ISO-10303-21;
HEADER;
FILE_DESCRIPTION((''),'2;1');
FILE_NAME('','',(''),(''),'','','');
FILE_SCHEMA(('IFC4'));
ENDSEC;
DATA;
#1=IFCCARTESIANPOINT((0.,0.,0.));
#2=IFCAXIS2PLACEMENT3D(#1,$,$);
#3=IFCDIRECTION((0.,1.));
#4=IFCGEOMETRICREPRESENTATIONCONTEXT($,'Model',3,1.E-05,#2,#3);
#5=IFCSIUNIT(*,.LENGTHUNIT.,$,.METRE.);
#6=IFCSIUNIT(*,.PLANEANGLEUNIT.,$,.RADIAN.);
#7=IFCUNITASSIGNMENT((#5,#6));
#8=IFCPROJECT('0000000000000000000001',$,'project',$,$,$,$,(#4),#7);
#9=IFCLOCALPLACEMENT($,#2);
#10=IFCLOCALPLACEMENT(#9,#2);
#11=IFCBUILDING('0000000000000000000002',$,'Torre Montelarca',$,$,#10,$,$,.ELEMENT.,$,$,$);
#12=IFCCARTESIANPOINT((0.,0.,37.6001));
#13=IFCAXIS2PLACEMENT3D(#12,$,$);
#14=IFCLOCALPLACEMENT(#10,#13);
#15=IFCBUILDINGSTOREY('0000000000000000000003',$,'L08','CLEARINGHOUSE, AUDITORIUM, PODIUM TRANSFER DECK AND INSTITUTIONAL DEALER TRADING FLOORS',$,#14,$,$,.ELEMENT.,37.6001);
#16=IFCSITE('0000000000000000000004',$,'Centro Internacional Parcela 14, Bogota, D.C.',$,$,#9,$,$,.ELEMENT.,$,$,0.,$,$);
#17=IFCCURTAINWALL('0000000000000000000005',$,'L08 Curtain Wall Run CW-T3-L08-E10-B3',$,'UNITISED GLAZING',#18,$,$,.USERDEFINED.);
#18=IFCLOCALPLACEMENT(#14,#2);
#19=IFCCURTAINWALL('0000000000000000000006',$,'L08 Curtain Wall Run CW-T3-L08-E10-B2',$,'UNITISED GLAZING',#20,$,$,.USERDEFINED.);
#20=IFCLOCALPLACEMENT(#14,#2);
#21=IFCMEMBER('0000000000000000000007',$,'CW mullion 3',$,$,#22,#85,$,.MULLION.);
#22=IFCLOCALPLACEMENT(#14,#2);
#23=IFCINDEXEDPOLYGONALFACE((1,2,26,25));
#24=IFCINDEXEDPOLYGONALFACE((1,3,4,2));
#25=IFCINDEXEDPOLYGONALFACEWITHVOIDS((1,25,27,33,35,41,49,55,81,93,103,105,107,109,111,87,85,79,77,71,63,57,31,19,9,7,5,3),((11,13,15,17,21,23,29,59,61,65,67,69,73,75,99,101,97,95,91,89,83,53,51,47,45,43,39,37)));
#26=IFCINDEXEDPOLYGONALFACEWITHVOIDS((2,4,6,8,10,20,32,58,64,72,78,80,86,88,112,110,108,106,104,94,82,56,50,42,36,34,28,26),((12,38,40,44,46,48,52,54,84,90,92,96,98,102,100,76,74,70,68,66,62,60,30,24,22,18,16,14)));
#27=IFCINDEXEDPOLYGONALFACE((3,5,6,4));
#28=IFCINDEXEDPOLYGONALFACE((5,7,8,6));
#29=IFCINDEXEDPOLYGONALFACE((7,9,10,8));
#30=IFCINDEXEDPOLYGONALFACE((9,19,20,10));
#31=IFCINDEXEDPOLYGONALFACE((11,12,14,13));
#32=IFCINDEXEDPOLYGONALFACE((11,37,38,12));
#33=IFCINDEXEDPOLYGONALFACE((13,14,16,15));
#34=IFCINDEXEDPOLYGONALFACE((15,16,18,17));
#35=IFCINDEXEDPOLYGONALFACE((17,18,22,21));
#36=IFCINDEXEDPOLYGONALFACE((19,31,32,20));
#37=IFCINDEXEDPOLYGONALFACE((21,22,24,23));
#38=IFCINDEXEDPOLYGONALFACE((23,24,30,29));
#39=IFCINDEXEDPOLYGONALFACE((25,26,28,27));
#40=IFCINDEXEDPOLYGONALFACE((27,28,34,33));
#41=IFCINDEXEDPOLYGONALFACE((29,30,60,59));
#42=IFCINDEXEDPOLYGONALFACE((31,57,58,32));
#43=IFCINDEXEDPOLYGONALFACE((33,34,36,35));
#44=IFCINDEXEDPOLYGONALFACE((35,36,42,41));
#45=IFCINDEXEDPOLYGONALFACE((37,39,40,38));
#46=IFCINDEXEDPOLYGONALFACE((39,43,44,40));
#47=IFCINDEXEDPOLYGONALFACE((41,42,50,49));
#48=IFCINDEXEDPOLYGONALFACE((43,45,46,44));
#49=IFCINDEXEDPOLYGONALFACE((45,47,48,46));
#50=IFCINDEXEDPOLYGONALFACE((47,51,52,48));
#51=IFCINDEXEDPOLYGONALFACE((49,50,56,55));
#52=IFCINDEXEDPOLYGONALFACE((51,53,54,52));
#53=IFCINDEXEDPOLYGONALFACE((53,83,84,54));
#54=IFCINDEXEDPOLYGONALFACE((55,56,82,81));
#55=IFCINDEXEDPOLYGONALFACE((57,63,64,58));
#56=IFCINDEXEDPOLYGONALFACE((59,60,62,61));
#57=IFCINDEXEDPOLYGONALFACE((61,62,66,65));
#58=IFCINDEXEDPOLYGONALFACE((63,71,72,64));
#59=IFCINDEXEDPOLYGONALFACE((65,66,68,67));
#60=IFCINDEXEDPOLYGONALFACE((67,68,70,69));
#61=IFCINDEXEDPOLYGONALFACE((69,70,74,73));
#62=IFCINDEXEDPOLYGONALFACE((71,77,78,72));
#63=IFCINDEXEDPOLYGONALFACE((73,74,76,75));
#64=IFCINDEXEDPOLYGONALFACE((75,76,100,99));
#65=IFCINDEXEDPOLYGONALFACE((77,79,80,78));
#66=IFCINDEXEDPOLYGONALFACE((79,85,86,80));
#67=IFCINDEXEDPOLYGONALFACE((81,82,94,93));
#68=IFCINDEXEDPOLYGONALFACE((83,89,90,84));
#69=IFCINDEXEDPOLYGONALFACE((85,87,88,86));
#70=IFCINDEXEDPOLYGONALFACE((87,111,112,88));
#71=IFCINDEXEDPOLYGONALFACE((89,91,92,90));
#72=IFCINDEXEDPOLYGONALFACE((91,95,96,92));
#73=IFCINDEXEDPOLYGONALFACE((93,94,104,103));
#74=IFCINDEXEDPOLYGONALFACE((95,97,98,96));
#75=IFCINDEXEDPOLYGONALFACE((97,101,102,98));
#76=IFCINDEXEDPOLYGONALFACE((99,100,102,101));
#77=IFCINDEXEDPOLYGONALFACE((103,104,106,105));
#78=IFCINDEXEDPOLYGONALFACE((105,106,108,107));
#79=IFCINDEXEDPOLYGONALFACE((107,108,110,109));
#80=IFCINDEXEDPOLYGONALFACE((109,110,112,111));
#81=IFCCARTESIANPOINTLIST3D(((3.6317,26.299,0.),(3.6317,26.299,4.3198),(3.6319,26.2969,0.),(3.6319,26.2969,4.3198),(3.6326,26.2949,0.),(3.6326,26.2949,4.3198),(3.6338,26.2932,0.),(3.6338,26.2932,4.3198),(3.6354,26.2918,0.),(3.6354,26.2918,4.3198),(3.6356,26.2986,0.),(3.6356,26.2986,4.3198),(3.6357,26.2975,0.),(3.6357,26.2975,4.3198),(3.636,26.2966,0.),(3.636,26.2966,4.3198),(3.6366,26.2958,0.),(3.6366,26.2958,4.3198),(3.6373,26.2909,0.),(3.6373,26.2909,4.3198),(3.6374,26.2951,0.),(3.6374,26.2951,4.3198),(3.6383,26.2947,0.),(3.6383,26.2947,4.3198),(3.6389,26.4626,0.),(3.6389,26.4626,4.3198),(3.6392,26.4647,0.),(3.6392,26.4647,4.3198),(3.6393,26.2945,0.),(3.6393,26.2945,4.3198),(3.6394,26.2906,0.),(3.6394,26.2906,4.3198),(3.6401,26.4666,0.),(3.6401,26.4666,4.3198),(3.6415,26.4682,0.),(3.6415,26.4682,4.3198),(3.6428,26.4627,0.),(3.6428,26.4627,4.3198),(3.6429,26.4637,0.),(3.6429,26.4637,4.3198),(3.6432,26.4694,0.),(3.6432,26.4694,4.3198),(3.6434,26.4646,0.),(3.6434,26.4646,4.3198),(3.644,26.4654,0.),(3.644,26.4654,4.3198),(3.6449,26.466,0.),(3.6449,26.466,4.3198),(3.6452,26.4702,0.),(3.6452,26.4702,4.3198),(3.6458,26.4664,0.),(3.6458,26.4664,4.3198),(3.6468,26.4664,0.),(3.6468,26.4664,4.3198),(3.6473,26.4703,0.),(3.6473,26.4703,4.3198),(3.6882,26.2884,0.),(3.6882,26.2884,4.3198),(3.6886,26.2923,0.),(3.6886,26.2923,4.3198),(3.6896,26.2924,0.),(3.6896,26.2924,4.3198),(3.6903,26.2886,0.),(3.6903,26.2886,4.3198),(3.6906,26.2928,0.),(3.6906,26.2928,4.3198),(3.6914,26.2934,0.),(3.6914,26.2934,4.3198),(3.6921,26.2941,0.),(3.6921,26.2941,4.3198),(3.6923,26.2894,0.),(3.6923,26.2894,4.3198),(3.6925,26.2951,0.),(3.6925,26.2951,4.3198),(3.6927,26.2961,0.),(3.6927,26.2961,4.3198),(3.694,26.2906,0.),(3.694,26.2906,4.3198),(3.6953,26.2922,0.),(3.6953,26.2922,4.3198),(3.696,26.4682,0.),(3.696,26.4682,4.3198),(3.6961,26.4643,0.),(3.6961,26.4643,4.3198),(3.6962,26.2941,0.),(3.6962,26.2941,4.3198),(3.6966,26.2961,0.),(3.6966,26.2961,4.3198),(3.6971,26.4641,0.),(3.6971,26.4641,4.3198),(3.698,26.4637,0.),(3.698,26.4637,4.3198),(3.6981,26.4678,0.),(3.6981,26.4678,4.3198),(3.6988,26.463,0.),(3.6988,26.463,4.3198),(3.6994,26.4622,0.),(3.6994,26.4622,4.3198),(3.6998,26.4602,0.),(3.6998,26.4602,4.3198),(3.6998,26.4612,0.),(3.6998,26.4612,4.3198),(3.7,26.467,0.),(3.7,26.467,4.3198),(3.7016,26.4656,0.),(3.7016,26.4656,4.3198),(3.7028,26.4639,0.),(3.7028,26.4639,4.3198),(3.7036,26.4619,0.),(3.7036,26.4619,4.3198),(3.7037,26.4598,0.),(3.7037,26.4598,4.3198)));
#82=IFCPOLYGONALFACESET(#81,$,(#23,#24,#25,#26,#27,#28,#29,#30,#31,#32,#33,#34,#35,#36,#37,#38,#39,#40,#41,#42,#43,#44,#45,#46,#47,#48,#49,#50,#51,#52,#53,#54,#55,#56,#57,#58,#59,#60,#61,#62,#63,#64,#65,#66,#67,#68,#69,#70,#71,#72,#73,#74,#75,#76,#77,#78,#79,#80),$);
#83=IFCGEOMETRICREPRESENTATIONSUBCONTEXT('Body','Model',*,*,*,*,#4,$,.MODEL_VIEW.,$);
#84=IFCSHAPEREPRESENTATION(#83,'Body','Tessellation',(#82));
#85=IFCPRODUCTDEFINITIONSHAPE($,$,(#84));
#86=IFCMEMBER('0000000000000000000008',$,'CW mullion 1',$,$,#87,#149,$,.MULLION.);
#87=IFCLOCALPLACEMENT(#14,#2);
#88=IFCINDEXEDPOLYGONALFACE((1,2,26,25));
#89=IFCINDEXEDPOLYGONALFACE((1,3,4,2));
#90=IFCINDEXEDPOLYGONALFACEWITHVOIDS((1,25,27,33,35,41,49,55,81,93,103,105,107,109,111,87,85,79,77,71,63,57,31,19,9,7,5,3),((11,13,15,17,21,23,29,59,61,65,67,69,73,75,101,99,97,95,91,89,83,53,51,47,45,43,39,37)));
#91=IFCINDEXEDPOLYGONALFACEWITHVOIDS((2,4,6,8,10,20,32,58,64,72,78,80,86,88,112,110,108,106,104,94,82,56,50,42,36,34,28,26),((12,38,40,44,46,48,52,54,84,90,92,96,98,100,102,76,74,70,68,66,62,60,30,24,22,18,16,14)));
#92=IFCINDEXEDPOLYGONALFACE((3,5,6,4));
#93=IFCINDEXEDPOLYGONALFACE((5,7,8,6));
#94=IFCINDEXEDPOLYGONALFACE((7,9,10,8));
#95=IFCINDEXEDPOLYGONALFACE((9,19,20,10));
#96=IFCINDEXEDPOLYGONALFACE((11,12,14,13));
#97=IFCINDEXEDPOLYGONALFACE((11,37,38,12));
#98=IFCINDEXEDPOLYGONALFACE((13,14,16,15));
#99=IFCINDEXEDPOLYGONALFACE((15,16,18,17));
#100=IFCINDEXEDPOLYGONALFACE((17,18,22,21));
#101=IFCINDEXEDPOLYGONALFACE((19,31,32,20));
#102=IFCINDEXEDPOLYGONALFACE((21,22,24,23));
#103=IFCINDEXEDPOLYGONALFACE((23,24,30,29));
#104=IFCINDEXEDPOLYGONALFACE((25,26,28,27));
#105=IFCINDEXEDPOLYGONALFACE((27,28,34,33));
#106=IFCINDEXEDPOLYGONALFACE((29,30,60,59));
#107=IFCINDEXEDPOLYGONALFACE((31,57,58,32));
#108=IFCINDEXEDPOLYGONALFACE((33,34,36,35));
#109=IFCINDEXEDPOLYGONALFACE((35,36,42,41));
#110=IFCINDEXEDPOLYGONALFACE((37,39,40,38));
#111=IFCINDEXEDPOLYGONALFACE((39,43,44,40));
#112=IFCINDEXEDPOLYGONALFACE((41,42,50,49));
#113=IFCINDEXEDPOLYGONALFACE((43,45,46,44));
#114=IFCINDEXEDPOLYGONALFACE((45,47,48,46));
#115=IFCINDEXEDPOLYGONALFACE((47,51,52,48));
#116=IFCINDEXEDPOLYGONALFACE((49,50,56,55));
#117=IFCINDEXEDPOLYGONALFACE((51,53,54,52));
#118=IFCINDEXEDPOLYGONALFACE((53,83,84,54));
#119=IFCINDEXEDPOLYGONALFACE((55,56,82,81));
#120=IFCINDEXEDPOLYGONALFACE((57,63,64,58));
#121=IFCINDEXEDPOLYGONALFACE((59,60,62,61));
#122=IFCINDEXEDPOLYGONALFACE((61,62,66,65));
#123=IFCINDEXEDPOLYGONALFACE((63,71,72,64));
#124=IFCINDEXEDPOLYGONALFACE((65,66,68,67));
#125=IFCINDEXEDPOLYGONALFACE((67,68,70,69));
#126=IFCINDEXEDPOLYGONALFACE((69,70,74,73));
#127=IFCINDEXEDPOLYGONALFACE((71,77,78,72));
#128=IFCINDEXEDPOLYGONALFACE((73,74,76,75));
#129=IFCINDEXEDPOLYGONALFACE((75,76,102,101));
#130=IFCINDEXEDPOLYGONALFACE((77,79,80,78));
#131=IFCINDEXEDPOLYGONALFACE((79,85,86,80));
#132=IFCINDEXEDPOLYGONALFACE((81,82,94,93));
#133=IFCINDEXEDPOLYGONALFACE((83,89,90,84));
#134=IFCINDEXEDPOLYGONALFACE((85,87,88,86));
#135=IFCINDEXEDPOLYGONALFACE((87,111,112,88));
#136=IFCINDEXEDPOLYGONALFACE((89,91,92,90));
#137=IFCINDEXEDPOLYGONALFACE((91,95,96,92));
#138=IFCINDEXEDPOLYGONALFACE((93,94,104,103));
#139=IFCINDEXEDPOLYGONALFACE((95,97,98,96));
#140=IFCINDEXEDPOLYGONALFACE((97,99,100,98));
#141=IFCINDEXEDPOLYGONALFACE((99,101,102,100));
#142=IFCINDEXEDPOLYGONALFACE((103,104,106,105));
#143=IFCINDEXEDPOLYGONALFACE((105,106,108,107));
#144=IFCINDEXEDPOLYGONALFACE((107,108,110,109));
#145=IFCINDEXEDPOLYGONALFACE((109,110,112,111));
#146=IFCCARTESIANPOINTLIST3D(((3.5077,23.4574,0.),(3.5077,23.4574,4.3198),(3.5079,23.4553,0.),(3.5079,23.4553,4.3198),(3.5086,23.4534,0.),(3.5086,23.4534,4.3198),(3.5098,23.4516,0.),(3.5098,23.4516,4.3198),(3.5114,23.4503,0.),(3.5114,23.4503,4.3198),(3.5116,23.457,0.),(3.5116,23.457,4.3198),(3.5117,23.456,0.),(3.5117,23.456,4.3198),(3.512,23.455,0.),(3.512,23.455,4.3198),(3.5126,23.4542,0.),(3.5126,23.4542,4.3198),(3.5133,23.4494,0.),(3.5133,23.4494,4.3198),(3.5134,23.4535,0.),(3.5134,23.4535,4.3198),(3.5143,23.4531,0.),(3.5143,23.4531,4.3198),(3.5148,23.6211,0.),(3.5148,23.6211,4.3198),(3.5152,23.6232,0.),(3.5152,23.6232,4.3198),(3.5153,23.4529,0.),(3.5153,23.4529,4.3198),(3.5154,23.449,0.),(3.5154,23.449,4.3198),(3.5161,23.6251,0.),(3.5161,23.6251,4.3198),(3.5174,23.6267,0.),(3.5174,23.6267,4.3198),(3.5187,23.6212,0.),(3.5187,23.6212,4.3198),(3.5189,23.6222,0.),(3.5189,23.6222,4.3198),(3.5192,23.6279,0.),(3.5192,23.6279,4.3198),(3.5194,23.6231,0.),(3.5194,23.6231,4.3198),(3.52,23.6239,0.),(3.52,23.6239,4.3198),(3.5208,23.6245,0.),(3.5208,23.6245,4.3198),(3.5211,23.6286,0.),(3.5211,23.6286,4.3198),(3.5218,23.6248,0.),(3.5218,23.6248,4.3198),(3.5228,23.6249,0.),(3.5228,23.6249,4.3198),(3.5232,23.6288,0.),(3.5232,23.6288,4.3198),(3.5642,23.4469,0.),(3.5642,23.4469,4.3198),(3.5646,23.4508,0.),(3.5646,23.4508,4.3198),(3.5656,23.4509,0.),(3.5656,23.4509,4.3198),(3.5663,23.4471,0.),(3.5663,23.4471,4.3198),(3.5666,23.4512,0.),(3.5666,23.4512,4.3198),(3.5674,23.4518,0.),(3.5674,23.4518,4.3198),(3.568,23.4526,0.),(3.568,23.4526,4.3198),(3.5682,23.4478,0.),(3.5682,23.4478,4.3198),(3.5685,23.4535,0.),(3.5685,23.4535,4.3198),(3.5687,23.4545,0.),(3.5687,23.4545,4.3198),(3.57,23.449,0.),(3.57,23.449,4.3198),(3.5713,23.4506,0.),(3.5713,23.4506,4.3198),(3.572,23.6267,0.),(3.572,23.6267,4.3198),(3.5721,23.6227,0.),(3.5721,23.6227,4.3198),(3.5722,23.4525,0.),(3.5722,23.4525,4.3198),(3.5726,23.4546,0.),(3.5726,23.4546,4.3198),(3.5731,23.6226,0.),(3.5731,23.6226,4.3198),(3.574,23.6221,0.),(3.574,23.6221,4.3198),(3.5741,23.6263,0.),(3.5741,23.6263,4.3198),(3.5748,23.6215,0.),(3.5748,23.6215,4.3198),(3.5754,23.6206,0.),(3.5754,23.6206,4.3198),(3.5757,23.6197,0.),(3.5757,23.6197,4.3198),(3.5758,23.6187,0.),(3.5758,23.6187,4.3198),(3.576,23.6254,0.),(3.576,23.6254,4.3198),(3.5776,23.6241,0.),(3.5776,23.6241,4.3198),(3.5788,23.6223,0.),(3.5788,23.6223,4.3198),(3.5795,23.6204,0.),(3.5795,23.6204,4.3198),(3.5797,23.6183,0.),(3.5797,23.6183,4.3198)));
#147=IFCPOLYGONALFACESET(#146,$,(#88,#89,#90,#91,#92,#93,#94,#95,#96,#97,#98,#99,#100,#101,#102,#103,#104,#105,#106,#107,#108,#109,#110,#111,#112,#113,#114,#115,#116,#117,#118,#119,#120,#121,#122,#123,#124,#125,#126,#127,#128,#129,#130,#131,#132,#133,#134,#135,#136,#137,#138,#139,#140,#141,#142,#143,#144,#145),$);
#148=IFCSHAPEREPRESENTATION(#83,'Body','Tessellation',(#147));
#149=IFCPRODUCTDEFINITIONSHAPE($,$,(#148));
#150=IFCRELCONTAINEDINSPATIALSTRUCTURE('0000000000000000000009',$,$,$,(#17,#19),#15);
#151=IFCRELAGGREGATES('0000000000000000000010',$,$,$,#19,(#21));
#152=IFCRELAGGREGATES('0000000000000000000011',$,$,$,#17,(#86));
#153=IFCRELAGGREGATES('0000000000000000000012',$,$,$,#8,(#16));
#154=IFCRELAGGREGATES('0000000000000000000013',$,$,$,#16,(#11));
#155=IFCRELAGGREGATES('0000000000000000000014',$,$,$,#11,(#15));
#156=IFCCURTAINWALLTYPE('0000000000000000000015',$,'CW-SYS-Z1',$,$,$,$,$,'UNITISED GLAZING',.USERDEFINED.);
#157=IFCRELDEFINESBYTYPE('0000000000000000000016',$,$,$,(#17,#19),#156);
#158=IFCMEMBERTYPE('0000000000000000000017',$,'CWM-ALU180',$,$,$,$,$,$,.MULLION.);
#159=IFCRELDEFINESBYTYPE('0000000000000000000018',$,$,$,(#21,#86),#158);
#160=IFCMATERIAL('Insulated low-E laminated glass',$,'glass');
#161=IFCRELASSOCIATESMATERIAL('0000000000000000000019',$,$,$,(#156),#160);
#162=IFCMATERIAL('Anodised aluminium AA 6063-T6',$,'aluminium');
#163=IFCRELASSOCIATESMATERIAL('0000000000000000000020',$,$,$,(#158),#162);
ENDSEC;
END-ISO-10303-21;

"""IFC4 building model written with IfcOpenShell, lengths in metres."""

from ifc_helpers import new_model, si_unit, direction, frame, origin, origin_2d, place, context, subcontext, project, spatial, hollow_rectangle, extrude, source, transform, mapped, material, material_profile, profile_set, type_object, element, aggregate, save


model = new_model("IFC4")

# Units and contexts
model_context = context("Model", 3, precision=1e-05, world=origin(), true_north=direction((0.0, 1.0)))
body_context = subcontext(model_context, "Body", "Model", "MODEL_VIEW")
ifc_project = project(units=[si_unit("LENGTHUNIT", "METRE"), si_unit("PLANEANGLEUNIT", "RADIAN")], contexts=[model_context])

# Site, building, storey
site_placement = place(None, origin())
site = spatial("IfcSite", under=ifc_project, at=site_placement, Name="Centro Internacional Parcela 14, Bogota, D.C.", CompositionType="ELEMENT", RefElevation=0.0)
building_placement = place(site_placement, origin())
building = spatial("IfcBuilding", under=site, at=building_placement, Name="Torre Montelarca", CompositionType="ELEMENT")
storey_placement = place(building_placement, frame((0.0, 0.0, 37.6001)))
storey = spatial("IfcBuildingStorey", under=building, at=storey_placement, Name="L08", Description="CLEARINGHOUSE, AUDITORIUM, PODIUM TRANSFER DECK AND INSTITUTIONAL DEALER TRADING FLOORS", CompositionType="ELEMENT", Elevation=37.6001)

# Curtain wall
ifc_material_1 = material(Name="Insulated low-E laminated glass", Category="glass")
curtain_wall_type = type_object("IfcCurtainWallType", Name="CW-SYS-Z1", ElementType="UNITISED GLAZING", PredefinedType="USERDEFINED", material=ifc_material_1)
curtain_wall_1_placement = place(storey_placement, origin())
curtain_wall_1 = element("IfcCurtainWall", 1, at=curtain_wall_1_placement, inside=storey, type_object=curtain_wall_type, Name="L08 Curtain Wall Run CW-T3-L08-E10-B3", ObjectType="UNITISED GLAZING", PredefinedType="USERDEFINED")
ifc_material_2 = material(Name="Anodised aluminium AA 6063-T6", Category="aluminium")

# Curtain wall, member
curtain_wall_2_placement = place(storey_placement, origin())
curtain_wall_2 = element("IfcCurtainWall", 2, at=curtain_wall_2_placement, inside=storey, type_object=curtain_wall_type, Name="L08 Curtain Wall Run CW-T3-L08-E10-B2", ObjectType="UNITISED GLAZING", PredefinedType="USERDEFINED")
ifc_material_profile_1 = material_profile(ifc_material_2, hollow_rectangle(XDim=0.0649, YDim=0.1799, WallThickness=0.0039, InnerFilletRadius=0.0039, OuterFilletRadius=0.0081, at=origin_2d()), Name="ALU65X180X4", Category="aluminium")
ifc_profile_set_1 = profile_set([ifc_material_profile_1], Name="Anodised aluminium AA 6063-T6")
member_type_1 = type_object("IfcMemberType", Name="CWM-ALU180", PredefinedType="MULLION", material=ifc_profile_set_1)
shared_shape_1 = source(origin(), body_context, "Body", "SweptSolid", [
    extrude(hollow_rectangle(XDim=0.0649, YDim=0.1799, WallThickness=0.0039, InnerFilletRadius=0.0039, OuterFilletRadius=0.0081, at=origin_2d()), origin(), (0.0, 0.0, 1.0), 4.3198),
])
member_1_placement = place(storey_placement, frame((3.6677, 26.3794, 0.0), z_axis=(0.0, 0.0, 1.0), x_axis=(0.999048, -0.043622, 0.0)))
member_1 = element("IfcMember", 3, at=member_1_placement, type_object=member_type_1, Name="CW mullion 3", PredefinedType="MULLION", context=body_context, shape_type="MappedRepresentation", body=[
    mapped(shared_shape_1, transform((0.0, 0.0, 0.0), scale=1.0)),
])
aggregate(curtain_wall_2, [member_1])

# Member
member_2_placement = place(storey_placement, frame((3.5437, 23.5378, 0.0), z_axis=(0.0, 0.0, 1.0), x_axis=(0.999049, -0.043611, 0.0)))
member_2 = element("IfcMember", 4, at=member_2_placement, type_object=member_type_1, Name="CW mullion 1", PredefinedType="MULLION", context=body_context, shape_type="MappedRepresentation", body=[
    mapped(shared_shape_1, transform((0.0, 0.0, 0.0), scale=1.0)),
])

aggregate(curtain_wall_1, [member_2])

save(model, "model.ifc")
